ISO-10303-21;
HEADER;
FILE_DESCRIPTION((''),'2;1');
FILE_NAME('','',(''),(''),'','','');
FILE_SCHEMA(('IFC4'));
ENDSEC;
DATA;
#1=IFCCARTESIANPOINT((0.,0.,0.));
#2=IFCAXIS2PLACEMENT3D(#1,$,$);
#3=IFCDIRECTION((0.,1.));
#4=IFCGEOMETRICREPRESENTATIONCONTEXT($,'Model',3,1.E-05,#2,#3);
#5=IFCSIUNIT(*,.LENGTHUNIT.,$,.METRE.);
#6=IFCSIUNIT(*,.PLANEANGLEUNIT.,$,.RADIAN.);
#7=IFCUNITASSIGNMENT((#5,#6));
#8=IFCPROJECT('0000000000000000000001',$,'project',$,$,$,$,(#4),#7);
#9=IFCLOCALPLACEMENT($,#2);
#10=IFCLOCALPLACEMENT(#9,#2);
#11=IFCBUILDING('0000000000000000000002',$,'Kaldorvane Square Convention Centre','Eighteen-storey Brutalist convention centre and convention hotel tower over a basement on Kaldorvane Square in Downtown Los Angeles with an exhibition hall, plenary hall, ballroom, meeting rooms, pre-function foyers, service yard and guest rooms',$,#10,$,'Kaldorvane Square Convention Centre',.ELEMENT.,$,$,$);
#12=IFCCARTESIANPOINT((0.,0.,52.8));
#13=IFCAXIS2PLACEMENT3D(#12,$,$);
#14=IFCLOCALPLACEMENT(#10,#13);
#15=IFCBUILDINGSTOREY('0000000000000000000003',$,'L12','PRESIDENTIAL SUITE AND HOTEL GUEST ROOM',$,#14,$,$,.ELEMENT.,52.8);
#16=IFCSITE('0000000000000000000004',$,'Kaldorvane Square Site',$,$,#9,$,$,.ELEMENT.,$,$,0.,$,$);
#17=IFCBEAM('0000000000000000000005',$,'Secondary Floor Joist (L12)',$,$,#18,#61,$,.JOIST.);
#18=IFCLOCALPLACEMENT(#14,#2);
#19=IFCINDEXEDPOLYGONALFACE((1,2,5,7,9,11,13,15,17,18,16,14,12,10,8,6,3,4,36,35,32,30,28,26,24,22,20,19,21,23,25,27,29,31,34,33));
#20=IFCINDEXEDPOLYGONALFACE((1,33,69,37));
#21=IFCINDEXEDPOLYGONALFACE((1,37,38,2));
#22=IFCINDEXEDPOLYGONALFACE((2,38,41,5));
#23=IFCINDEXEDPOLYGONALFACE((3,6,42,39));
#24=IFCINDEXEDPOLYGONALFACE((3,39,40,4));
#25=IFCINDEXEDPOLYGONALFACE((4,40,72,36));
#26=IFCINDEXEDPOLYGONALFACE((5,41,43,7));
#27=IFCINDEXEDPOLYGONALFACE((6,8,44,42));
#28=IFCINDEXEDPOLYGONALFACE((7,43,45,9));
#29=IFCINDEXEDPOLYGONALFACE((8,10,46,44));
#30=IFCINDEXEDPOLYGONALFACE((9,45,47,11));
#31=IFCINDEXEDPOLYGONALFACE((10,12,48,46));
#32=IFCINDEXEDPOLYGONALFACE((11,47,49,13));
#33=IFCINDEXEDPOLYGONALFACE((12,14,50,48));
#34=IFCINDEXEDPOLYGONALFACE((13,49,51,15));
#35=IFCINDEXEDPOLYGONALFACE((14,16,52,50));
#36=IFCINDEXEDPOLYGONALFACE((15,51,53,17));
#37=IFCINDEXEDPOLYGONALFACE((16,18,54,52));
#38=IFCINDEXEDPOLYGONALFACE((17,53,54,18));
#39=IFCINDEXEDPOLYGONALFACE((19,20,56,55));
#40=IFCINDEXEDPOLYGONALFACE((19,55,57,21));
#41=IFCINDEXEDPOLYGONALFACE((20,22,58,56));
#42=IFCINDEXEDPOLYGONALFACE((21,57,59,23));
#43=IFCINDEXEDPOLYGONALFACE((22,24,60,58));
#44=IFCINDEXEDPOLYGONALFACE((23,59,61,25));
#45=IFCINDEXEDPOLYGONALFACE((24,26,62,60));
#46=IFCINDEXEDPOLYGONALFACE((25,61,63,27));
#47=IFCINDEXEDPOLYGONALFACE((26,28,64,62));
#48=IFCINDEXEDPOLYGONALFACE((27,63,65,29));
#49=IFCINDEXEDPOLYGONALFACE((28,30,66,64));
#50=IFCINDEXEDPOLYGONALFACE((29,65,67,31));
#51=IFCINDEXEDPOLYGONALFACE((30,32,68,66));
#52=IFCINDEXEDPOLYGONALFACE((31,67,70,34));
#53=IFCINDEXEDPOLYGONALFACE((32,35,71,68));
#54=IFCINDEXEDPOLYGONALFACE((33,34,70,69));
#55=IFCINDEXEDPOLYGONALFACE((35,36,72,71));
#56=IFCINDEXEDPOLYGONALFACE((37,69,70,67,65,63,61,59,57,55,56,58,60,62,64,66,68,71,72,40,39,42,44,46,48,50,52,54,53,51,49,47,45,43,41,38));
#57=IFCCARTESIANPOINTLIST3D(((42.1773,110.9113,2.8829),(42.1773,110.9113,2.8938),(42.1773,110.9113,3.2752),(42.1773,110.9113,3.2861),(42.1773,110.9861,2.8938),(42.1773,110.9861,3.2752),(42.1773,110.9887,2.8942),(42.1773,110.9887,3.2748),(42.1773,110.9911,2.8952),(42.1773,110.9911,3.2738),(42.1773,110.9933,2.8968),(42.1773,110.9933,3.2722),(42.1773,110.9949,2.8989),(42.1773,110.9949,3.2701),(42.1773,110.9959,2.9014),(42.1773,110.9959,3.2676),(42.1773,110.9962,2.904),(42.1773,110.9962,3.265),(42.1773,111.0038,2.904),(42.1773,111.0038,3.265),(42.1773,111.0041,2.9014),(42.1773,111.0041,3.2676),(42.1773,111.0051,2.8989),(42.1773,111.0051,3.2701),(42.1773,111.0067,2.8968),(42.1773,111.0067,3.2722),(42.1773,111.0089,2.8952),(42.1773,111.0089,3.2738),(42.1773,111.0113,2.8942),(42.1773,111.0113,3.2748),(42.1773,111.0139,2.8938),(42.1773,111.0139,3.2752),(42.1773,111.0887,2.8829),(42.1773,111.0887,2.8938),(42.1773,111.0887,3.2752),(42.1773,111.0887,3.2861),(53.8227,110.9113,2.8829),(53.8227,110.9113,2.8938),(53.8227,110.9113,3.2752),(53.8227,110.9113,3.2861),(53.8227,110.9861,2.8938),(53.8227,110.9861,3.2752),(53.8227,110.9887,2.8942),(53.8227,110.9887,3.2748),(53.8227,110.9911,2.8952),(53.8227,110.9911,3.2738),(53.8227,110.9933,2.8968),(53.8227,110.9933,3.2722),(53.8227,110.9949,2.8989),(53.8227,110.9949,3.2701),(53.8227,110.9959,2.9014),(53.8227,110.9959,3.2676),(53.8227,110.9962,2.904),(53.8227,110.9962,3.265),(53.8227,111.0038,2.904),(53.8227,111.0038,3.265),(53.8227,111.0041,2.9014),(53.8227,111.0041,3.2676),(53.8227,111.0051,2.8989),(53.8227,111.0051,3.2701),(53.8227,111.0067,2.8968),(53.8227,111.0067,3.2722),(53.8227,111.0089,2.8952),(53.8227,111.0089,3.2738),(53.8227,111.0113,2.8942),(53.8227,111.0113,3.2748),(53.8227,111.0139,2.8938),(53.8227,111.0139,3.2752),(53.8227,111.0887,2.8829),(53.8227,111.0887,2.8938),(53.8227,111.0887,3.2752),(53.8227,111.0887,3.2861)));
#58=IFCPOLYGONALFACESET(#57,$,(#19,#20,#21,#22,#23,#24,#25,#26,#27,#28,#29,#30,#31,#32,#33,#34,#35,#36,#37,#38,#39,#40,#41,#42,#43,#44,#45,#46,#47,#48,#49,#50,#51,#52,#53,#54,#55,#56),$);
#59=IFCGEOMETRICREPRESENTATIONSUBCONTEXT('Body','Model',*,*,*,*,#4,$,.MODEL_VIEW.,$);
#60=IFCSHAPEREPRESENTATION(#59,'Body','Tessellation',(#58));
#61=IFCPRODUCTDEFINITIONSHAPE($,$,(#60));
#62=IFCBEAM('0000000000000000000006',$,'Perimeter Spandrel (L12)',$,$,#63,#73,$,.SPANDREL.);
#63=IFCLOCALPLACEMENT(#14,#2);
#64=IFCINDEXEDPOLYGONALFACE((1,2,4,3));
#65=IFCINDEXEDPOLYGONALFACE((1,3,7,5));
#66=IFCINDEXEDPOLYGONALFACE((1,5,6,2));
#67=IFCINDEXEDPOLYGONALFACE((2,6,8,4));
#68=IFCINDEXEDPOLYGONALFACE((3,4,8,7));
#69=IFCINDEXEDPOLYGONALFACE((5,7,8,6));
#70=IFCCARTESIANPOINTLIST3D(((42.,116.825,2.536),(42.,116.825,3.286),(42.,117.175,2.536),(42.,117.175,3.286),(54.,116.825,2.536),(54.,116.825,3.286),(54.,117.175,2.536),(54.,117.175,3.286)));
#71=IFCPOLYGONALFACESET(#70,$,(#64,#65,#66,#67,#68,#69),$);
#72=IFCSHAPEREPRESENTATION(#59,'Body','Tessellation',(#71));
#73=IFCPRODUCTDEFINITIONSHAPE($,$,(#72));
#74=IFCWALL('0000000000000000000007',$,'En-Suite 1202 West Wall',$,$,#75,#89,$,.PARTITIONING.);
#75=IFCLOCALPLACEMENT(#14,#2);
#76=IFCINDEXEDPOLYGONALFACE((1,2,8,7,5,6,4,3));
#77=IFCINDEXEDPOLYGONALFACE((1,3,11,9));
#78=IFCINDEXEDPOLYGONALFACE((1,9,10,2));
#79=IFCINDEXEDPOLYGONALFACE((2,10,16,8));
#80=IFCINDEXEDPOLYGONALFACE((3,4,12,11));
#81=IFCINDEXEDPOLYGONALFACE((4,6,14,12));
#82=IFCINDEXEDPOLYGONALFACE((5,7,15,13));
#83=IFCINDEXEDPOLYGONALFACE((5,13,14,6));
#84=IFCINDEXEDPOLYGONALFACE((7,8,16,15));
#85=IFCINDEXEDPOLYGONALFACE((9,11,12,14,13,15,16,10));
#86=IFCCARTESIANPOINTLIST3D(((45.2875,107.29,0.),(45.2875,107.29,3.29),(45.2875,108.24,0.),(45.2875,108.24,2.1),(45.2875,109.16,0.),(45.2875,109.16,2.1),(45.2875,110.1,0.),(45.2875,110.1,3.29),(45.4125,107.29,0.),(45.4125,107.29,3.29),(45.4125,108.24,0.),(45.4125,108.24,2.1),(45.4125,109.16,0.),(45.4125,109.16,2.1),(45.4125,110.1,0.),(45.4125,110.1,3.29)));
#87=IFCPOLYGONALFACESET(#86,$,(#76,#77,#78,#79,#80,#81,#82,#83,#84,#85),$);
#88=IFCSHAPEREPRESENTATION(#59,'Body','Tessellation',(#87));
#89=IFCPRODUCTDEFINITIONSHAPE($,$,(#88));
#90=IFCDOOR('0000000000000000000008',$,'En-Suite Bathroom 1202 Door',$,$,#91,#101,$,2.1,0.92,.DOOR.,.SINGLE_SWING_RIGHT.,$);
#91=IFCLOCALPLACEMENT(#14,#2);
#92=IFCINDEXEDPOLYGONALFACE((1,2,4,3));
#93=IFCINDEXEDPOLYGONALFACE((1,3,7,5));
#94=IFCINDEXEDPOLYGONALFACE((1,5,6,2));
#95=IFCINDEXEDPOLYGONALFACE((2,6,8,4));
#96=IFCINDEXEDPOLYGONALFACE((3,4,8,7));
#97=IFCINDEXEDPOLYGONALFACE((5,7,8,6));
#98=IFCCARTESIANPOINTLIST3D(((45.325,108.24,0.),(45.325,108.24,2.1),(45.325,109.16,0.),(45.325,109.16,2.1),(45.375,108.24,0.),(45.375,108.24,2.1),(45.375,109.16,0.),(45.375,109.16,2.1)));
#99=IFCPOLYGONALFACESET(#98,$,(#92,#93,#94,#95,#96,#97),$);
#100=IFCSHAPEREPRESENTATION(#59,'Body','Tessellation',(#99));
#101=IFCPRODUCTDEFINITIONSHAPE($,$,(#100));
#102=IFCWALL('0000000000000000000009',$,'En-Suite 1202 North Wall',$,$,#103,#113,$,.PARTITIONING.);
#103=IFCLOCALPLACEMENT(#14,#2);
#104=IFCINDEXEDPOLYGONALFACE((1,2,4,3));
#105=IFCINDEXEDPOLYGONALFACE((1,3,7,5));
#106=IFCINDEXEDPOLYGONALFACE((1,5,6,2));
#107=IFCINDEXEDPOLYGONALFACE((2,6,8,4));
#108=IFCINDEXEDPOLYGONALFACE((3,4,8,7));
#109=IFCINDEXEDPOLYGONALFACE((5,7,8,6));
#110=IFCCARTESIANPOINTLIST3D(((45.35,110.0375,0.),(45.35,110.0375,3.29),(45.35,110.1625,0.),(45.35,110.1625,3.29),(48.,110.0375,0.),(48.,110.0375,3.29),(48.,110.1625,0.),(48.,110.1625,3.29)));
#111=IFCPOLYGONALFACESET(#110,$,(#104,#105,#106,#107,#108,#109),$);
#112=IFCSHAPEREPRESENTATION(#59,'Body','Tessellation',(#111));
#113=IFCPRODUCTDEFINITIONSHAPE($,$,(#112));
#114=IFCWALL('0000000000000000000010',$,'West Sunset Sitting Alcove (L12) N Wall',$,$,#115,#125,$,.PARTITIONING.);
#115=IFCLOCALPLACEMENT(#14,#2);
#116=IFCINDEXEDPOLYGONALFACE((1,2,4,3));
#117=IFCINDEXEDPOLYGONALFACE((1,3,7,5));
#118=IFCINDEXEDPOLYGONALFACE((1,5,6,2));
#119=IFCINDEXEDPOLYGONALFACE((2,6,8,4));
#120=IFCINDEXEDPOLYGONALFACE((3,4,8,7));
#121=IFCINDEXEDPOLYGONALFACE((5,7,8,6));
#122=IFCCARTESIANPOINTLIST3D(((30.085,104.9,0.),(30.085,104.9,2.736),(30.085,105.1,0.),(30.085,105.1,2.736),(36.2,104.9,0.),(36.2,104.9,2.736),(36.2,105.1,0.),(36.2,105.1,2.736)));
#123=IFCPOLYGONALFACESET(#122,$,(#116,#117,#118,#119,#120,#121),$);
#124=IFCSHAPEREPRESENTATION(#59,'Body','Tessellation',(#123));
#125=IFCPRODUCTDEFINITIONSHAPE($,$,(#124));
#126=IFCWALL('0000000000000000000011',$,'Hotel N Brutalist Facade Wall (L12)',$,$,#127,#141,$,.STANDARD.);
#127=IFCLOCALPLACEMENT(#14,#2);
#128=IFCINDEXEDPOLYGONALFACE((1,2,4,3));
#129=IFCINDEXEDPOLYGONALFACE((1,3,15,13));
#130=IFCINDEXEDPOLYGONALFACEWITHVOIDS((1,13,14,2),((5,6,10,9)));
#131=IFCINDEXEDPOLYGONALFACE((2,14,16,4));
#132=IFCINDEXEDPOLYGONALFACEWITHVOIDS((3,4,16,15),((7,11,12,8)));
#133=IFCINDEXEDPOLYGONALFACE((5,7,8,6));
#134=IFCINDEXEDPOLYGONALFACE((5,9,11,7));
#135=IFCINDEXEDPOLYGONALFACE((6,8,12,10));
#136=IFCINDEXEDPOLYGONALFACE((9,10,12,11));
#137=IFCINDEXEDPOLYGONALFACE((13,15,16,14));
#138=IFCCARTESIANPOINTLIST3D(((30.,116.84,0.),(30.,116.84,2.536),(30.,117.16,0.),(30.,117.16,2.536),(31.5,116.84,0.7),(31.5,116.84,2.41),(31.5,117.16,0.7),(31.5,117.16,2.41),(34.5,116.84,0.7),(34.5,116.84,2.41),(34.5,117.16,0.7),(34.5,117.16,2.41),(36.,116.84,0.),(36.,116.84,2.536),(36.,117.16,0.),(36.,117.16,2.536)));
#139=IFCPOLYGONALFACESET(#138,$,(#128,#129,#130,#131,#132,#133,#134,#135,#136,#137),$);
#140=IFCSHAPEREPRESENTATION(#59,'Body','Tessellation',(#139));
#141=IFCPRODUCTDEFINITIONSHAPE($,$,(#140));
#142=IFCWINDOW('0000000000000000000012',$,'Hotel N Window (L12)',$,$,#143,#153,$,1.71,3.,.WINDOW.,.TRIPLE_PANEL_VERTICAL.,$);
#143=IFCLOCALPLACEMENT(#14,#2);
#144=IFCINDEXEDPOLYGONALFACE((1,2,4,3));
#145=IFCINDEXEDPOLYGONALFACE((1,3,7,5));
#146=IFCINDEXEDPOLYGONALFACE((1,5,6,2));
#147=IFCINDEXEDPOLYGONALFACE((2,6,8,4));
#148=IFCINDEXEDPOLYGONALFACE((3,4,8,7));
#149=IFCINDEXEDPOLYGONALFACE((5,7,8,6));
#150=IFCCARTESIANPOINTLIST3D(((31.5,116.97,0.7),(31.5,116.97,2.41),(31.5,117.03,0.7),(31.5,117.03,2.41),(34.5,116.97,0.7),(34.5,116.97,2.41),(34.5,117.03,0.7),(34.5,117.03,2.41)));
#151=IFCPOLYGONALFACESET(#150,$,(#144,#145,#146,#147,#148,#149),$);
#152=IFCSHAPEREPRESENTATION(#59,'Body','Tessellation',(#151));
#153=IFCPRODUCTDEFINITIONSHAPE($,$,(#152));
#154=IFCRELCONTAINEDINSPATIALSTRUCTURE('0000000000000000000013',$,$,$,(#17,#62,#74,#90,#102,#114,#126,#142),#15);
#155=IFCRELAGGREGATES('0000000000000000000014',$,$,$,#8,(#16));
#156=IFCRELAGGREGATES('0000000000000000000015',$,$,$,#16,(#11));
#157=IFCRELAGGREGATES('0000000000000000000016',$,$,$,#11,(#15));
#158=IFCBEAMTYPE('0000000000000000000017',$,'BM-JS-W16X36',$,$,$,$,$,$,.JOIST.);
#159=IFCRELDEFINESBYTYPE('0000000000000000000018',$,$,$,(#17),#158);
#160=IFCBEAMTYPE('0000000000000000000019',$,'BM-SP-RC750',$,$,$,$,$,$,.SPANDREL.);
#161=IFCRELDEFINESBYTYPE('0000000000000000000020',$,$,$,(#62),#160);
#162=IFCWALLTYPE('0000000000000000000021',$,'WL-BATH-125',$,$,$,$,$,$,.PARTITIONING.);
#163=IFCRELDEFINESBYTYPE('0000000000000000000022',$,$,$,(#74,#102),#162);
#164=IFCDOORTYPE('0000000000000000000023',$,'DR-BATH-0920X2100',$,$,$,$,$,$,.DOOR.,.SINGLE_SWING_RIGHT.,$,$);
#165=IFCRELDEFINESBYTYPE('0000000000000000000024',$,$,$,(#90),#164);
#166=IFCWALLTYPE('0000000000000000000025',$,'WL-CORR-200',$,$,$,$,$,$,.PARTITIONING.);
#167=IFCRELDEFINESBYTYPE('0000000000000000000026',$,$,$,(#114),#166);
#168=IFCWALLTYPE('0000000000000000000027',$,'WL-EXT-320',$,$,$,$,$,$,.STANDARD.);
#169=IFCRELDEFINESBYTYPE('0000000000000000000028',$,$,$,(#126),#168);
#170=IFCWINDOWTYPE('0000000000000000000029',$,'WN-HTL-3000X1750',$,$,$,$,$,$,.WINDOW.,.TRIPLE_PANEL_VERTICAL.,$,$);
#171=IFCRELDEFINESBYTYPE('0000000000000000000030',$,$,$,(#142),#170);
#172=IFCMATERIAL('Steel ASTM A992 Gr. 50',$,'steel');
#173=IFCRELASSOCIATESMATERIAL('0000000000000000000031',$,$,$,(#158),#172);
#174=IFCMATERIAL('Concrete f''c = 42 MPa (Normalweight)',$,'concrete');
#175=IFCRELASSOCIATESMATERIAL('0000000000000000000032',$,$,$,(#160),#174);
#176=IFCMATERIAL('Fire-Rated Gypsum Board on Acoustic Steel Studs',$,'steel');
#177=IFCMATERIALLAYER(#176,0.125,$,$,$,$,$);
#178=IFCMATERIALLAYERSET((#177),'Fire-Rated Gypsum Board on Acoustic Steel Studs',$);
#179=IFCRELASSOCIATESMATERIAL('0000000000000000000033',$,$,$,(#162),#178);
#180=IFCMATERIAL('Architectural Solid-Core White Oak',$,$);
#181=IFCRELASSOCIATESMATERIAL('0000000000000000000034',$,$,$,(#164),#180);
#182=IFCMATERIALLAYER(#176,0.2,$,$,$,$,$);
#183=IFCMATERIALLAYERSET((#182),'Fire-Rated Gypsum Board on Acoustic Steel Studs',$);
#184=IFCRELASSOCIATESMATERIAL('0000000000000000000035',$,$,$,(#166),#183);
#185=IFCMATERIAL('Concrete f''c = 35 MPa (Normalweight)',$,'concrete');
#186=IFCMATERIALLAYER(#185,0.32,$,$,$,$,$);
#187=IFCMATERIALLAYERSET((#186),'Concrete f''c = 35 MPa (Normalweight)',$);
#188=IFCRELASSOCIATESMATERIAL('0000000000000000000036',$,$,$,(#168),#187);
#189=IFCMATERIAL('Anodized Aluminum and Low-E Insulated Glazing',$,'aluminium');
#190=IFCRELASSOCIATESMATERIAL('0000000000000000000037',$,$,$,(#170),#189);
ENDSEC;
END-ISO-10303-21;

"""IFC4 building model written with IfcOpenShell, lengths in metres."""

from ifc_helpers import new_model, si_unit, direction, frame, frame_2d, origin, origin_2d, place, context, subcontext, project, spatial, rectangle, i_section, extrude, material, layer, layer_set, material_profile, profile_set, type_object, element, fill, save


model = new_model("IFC4")

# Units and contexts
model_context = context("Model", 3, precision=1e-05, world=origin(), true_north=direction((0.0, 1.0)))
body_context = subcontext(model_context, "Body", "Model", "MODEL_VIEW")
ifc_project = project(units=[si_unit("LENGTHUNIT", "METRE"), si_unit("PLANEANGLEUNIT", "RADIAN")], contexts=[model_context])

# Site, building, storey
site_placement = place(None, origin())
site = spatial("IfcSite", under=ifc_project, at=site_placement, Name="Kaldorvane Square Site", CompositionType="ELEMENT", RefElevation=0.0)
building_placement = place(site_placement, origin())
building = spatial("IfcBuilding", under=site, at=building_placement, Name="Kaldorvane Square Convention Centre", Description="Eighteen-storey Brutalist convention centre and convention hotel tower over a basement on Kaldorvane Square in Downtown Los Angeles with an exhibition hall, plenary hall, ballroom, meeting rooms, pre-function foyers, service yard and guest rooms", LongName="Kaldorvane Square Convention Centre", CompositionType="ELEMENT")
storey_placement = place(building_placement, frame((0.0, 0.0, 52.8)))
storey = spatial("IfcBuildingStorey", under=building, at=storey_placement, Name="L12", Description="PRESIDENTIAL SUITE AND HOTEL GUEST ROOM", CompositionType="ELEMENT", Elevation=52.8)

# Shared definitions
ifc_material_1 = material(Name="Concrete f'c = 42 MPa (Normalweight)", Category="concrete")
ifc_material_2 = material(Name="Steel ASTM A992 Gr. 50", Category="steel")

# Beams
ifc_material_profile_1 = material_profile(ifc_material_2, i_section(OverallWidth=0.1774, OverallDepth=0.4031, WebThickness=0.0075, FlangeThickness=0.0109, FilletRadius=0.0102, at=origin_2d()), Name="W16X36")
ifc_profile_set_1 = profile_set([ifc_material_profile_1], Name="Steel ASTM A992 Gr. 50")
beam_type_1 = type_object("IfcBeamType", Name="BM-JS-W16X36", PredefinedType="JOIST", material=ifc_profile_set_1)
beam_1_placement = place(storey_placement, frame((42.1773, 111.0, 3.0845), z_axis=(1.0, 0.0, 0.0), x_axis=(0.0, 1.0, 0.0)))
element("IfcBeam", 1, at=beam_1_placement, inside=storey, type_object=beam_type_1, Name="Secondary Floor Joist (L12)", PredefinedType="JOIST", context=body_context, shape_type="SweptSolid", body=[
    extrude(i_section(OverallWidth=0.1774, OverallDepth=0.4031, WebThickness=0.0075, FlangeThickness=0.0109, FilletRadius=0.0102, at=origin_2d()), origin(), (0.0, 0.0, 1.0), 11.6454),
])
ifc_material_profile_2 = material_profile(ifc_material_1, rectangle(XDim=0.35, YDim=0.75, at=origin_2d()), Name="RCSP750X350")
ifc_profile_set_2 = profile_set([ifc_material_profile_2], Name="Concrete f'c = 42 MPa (Normalweight)")
beam_type_2 = type_object("IfcBeamType", Name="BM-SP-RC750", PredefinedType="SPANDREL", material=ifc_profile_set_2)
beam_2_placement = place(storey_placement, frame((42.0, 117.0, 2.911), z_axis=(1.0, 0.0, 0.0), x_axis=(0.0, 1.0, 0.0)))
element("IfcBeam", 2, at=beam_2_placement, inside=storey, type_object=beam_type_2, Name="Perimeter Spandrel (L12)", PredefinedType="SPANDREL", context=body_context, shape_type="SweptSolid", body=[
    extrude(rectangle(XDim=0.35, YDim=0.75, at=origin_2d()), origin(), (0.0, 0.0, 1.0), 12.0),
])

# Wall, opening, door
ifc_material_3 = material(Name="Fire-Rated Gypsum Board on Acoustic Steel Studs", Category="steel")
ifc_layer_1 = layer(ifc_material_3, 0.125)
ifc_layer_set_1 = layer_set([ifc_layer_1], Name="Fire-Rated Gypsum Board on Acoustic Steel Studs")
wall_type_1 = type_object("IfcWallType", Name="WL-BATH-125", PredefinedType="PARTITIONING", material=ifc_layer_set_1)
wall_1_placement = place(storey_placement, frame((45.35, 107.29, 0.0), z_axis=(0.0, 0.0, 1.0), x_axis=(0.0, 1.0, 0.0)))
wall_1 = element("IfcWall", 3, at=wall_1_placement, inside=storey, type_object=wall_type_1, Name="En-Suite 1202 West Wall", PredefinedType="PARTITIONING", context=body_context, shape_type="SweptSolid", body=[
    extrude(rectangle(XDim=2.81, YDim=0.125, at=frame_2d((1.405, 0.0))), origin(), (0.0, 0.0, 1.0), 3.29),
])
opening_1_placement = place(wall_1_placement, frame((0.95, 0.0, 0.0)))
opening_1 = element("IfcOpeningElement", 4, at=opening_1_placement, cuts=wall_1, PredefinedType="OPENING", context=body_context, shape_type="SweptSolid", body=[
    extrude(rectangle(XDim=0.92, YDim=2.1, at=frame_2d((0.46, 1.05))), frame((0.0, 0.0775, 0.0), z_axis=(0.0, -1.0, 0.0), x_axis=(1.0, 0.0, 0.0)), (0.0, 0.0, 1.0), 0.155),
])
ifc_material_4 = material(Name="Architectural Solid-Core White Oak")
door_type = type_object("IfcDoorType", Name="DR-BATH-0920X2100", OperationType="SINGLE_SWING_RIGHT", PredefinedType="DOOR", material=ifc_material_4)
door_placement = place(opening_1_placement, origin())
door = element("IfcDoor", 5, at=door_placement, inside=storey, type_object=door_type, Name="En-Suite Bathroom 1202 Door", OperationType="SINGLE_SWING_RIGHT", OverallHeight=2.1, OverallWidth=0.92, PredefinedType="DOOR", context=body_context, shape_type="SweptSolid", body=[
    extrude(rectangle(XDim=0.92, YDim=2.1, at=frame_2d((0.46, 1.05))), frame((0.0, 0.025, 0.0), z_axis=(0.0, -1.0, 0.0), x_axis=(1.0, 0.0, 0.0)), (0.0, 0.0, 1.0), 0.05),
])
fill(opening_1, door)

# Walls
wall_2_placement = place(storey_placement, frame((45.35, 110.1, 0.0), z_axis=(0.0, 0.0, 1.0), x_axis=(1.0, 0.0, 0.0)))
element("IfcWall", 6, at=wall_2_placement, inside=storey, type_object=wall_type_1, Name="En-Suite 1202 North Wall", PredefinedType="PARTITIONING", context=body_context, shape_type="SweptSolid", body=[
    extrude(rectangle(XDim=2.65, YDim=0.125, at=frame_2d((1.325, 0.0))), origin(), (0.0, 0.0, 1.0), 3.29),
])
ifc_layer_2 = layer(ifc_material_3, 0.2)
ifc_layer_set_2 = layer_set([ifc_layer_2], Name="Fire-Rated Gypsum Board on Acoustic Steel Studs")
wall_type_2 = type_object("IfcWallType", Name="WL-CORR-200", PredefinedType="PARTITIONING", material=ifc_layer_set_2)
wall_3_placement = place(storey_placement, frame((36.2, 105.0, 0.0), z_axis=(0.0, 0.0, 1.0), x_axis=(-1.0, 0.0, 0.0)))
element("IfcWall", 7, at=wall_3_placement, inside=storey, type_object=wall_type_2, Name="West Sunset Sitting Alcove (L12) N Wall", PredefinedType="PARTITIONING", context=body_context, shape_type="SweptSolid", body=[
    extrude(rectangle(XDim=6.115, YDim=0.2, at=frame_2d((3.0575, 0.0))), origin(), (0.0, 0.0, 1.0), 2.736),
])

# Wall, opening, window
ifc_material_5 = material(Name="Concrete f'c = 35 MPa (Normalweight)", Category="concrete")
ifc_layer_3 = layer(ifc_material_5, 0.32)
ifc_layer_set_3 = layer_set([ifc_layer_3], Name="Concrete f'c = 35 MPa (Normalweight)")
wall_type_3 = type_object("IfcWallType", Name="WL-EXT-320", PredefinedType="STANDARD", material=ifc_layer_set_3)
wall_4_placement = place(storey_placement, frame((36.0, 117.0, 0.0), z_axis=(0.0, 0.0, 1.0), x_axis=(-1.0, 0.0, 0.0)))
wall_4 = element("IfcWall", 8, at=wall_4_placement, inside=storey, type_object=wall_type_3, Name="Hotel N Brutalist Facade Wall (L12)", PredefinedType="STANDARD", context=body_context, shape_type="SweptSolid", body=[
    extrude(rectangle(XDim=6.0, YDim=0.32, at=frame_2d((3.0, 0.0))), origin(), (0.0, 0.0, 1.0), 2.536),
])
opening_2_placement = place(wall_4_placement, frame((1.5, 0.0, 0.7)))
opening_2 = element("IfcOpeningElement", 9, at=opening_2_placement, cuts=wall_4, PredefinedType="OPENING", context=body_context, shape_type="SweptSolid", body=[
    extrude(rectangle(XDim=3.0, YDim=1.71, at=frame_2d((1.5, 0.855))), frame((0.0, 0.175, 0.0), z_axis=(0.0, -1.0, 0.0), x_axis=(1.0, 0.0, 0.0)), (0.0, 0.0, 1.0), 0.35),
])
ifc_material_6 = material(Name="Anodized Aluminum and Low-E Insulated Glazing", Category="aluminium")
window_type = type_object("IfcWindowType", Name="WN-HTL-3000X1750", PartitioningType="TRIPLE_PANEL_VERTICAL", PredefinedType="WINDOW", material=ifc_material_6)
window_1_placement = place(opening_2_placement, origin())
window_1 = element("IfcWindow", 10, at=window_1_placement, inside=storey, type_object=window_type, Name="Hotel N Window (L12)", OverallHeight=1.71, OverallWidth=3.0, PartitioningType="TRIPLE_PANEL_VERTICAL", PredefinedType="WINDOW", context=body_context, shape_type="SweptSolid", body=[
    extrude(rectangle(XDim=3.0, YDim=1.71, at=frame_2d((1.5, 0.855))), frame((0.0, 0.03, 0.0), z_axis=(0.0, -1.0, 0.0), x_axis=(1.0, 0.0, 0.0)), (0.0, 0.0, 1.0), 0.06),
])
fill(opening_2, window_1)

save(model, "model.ifc")
